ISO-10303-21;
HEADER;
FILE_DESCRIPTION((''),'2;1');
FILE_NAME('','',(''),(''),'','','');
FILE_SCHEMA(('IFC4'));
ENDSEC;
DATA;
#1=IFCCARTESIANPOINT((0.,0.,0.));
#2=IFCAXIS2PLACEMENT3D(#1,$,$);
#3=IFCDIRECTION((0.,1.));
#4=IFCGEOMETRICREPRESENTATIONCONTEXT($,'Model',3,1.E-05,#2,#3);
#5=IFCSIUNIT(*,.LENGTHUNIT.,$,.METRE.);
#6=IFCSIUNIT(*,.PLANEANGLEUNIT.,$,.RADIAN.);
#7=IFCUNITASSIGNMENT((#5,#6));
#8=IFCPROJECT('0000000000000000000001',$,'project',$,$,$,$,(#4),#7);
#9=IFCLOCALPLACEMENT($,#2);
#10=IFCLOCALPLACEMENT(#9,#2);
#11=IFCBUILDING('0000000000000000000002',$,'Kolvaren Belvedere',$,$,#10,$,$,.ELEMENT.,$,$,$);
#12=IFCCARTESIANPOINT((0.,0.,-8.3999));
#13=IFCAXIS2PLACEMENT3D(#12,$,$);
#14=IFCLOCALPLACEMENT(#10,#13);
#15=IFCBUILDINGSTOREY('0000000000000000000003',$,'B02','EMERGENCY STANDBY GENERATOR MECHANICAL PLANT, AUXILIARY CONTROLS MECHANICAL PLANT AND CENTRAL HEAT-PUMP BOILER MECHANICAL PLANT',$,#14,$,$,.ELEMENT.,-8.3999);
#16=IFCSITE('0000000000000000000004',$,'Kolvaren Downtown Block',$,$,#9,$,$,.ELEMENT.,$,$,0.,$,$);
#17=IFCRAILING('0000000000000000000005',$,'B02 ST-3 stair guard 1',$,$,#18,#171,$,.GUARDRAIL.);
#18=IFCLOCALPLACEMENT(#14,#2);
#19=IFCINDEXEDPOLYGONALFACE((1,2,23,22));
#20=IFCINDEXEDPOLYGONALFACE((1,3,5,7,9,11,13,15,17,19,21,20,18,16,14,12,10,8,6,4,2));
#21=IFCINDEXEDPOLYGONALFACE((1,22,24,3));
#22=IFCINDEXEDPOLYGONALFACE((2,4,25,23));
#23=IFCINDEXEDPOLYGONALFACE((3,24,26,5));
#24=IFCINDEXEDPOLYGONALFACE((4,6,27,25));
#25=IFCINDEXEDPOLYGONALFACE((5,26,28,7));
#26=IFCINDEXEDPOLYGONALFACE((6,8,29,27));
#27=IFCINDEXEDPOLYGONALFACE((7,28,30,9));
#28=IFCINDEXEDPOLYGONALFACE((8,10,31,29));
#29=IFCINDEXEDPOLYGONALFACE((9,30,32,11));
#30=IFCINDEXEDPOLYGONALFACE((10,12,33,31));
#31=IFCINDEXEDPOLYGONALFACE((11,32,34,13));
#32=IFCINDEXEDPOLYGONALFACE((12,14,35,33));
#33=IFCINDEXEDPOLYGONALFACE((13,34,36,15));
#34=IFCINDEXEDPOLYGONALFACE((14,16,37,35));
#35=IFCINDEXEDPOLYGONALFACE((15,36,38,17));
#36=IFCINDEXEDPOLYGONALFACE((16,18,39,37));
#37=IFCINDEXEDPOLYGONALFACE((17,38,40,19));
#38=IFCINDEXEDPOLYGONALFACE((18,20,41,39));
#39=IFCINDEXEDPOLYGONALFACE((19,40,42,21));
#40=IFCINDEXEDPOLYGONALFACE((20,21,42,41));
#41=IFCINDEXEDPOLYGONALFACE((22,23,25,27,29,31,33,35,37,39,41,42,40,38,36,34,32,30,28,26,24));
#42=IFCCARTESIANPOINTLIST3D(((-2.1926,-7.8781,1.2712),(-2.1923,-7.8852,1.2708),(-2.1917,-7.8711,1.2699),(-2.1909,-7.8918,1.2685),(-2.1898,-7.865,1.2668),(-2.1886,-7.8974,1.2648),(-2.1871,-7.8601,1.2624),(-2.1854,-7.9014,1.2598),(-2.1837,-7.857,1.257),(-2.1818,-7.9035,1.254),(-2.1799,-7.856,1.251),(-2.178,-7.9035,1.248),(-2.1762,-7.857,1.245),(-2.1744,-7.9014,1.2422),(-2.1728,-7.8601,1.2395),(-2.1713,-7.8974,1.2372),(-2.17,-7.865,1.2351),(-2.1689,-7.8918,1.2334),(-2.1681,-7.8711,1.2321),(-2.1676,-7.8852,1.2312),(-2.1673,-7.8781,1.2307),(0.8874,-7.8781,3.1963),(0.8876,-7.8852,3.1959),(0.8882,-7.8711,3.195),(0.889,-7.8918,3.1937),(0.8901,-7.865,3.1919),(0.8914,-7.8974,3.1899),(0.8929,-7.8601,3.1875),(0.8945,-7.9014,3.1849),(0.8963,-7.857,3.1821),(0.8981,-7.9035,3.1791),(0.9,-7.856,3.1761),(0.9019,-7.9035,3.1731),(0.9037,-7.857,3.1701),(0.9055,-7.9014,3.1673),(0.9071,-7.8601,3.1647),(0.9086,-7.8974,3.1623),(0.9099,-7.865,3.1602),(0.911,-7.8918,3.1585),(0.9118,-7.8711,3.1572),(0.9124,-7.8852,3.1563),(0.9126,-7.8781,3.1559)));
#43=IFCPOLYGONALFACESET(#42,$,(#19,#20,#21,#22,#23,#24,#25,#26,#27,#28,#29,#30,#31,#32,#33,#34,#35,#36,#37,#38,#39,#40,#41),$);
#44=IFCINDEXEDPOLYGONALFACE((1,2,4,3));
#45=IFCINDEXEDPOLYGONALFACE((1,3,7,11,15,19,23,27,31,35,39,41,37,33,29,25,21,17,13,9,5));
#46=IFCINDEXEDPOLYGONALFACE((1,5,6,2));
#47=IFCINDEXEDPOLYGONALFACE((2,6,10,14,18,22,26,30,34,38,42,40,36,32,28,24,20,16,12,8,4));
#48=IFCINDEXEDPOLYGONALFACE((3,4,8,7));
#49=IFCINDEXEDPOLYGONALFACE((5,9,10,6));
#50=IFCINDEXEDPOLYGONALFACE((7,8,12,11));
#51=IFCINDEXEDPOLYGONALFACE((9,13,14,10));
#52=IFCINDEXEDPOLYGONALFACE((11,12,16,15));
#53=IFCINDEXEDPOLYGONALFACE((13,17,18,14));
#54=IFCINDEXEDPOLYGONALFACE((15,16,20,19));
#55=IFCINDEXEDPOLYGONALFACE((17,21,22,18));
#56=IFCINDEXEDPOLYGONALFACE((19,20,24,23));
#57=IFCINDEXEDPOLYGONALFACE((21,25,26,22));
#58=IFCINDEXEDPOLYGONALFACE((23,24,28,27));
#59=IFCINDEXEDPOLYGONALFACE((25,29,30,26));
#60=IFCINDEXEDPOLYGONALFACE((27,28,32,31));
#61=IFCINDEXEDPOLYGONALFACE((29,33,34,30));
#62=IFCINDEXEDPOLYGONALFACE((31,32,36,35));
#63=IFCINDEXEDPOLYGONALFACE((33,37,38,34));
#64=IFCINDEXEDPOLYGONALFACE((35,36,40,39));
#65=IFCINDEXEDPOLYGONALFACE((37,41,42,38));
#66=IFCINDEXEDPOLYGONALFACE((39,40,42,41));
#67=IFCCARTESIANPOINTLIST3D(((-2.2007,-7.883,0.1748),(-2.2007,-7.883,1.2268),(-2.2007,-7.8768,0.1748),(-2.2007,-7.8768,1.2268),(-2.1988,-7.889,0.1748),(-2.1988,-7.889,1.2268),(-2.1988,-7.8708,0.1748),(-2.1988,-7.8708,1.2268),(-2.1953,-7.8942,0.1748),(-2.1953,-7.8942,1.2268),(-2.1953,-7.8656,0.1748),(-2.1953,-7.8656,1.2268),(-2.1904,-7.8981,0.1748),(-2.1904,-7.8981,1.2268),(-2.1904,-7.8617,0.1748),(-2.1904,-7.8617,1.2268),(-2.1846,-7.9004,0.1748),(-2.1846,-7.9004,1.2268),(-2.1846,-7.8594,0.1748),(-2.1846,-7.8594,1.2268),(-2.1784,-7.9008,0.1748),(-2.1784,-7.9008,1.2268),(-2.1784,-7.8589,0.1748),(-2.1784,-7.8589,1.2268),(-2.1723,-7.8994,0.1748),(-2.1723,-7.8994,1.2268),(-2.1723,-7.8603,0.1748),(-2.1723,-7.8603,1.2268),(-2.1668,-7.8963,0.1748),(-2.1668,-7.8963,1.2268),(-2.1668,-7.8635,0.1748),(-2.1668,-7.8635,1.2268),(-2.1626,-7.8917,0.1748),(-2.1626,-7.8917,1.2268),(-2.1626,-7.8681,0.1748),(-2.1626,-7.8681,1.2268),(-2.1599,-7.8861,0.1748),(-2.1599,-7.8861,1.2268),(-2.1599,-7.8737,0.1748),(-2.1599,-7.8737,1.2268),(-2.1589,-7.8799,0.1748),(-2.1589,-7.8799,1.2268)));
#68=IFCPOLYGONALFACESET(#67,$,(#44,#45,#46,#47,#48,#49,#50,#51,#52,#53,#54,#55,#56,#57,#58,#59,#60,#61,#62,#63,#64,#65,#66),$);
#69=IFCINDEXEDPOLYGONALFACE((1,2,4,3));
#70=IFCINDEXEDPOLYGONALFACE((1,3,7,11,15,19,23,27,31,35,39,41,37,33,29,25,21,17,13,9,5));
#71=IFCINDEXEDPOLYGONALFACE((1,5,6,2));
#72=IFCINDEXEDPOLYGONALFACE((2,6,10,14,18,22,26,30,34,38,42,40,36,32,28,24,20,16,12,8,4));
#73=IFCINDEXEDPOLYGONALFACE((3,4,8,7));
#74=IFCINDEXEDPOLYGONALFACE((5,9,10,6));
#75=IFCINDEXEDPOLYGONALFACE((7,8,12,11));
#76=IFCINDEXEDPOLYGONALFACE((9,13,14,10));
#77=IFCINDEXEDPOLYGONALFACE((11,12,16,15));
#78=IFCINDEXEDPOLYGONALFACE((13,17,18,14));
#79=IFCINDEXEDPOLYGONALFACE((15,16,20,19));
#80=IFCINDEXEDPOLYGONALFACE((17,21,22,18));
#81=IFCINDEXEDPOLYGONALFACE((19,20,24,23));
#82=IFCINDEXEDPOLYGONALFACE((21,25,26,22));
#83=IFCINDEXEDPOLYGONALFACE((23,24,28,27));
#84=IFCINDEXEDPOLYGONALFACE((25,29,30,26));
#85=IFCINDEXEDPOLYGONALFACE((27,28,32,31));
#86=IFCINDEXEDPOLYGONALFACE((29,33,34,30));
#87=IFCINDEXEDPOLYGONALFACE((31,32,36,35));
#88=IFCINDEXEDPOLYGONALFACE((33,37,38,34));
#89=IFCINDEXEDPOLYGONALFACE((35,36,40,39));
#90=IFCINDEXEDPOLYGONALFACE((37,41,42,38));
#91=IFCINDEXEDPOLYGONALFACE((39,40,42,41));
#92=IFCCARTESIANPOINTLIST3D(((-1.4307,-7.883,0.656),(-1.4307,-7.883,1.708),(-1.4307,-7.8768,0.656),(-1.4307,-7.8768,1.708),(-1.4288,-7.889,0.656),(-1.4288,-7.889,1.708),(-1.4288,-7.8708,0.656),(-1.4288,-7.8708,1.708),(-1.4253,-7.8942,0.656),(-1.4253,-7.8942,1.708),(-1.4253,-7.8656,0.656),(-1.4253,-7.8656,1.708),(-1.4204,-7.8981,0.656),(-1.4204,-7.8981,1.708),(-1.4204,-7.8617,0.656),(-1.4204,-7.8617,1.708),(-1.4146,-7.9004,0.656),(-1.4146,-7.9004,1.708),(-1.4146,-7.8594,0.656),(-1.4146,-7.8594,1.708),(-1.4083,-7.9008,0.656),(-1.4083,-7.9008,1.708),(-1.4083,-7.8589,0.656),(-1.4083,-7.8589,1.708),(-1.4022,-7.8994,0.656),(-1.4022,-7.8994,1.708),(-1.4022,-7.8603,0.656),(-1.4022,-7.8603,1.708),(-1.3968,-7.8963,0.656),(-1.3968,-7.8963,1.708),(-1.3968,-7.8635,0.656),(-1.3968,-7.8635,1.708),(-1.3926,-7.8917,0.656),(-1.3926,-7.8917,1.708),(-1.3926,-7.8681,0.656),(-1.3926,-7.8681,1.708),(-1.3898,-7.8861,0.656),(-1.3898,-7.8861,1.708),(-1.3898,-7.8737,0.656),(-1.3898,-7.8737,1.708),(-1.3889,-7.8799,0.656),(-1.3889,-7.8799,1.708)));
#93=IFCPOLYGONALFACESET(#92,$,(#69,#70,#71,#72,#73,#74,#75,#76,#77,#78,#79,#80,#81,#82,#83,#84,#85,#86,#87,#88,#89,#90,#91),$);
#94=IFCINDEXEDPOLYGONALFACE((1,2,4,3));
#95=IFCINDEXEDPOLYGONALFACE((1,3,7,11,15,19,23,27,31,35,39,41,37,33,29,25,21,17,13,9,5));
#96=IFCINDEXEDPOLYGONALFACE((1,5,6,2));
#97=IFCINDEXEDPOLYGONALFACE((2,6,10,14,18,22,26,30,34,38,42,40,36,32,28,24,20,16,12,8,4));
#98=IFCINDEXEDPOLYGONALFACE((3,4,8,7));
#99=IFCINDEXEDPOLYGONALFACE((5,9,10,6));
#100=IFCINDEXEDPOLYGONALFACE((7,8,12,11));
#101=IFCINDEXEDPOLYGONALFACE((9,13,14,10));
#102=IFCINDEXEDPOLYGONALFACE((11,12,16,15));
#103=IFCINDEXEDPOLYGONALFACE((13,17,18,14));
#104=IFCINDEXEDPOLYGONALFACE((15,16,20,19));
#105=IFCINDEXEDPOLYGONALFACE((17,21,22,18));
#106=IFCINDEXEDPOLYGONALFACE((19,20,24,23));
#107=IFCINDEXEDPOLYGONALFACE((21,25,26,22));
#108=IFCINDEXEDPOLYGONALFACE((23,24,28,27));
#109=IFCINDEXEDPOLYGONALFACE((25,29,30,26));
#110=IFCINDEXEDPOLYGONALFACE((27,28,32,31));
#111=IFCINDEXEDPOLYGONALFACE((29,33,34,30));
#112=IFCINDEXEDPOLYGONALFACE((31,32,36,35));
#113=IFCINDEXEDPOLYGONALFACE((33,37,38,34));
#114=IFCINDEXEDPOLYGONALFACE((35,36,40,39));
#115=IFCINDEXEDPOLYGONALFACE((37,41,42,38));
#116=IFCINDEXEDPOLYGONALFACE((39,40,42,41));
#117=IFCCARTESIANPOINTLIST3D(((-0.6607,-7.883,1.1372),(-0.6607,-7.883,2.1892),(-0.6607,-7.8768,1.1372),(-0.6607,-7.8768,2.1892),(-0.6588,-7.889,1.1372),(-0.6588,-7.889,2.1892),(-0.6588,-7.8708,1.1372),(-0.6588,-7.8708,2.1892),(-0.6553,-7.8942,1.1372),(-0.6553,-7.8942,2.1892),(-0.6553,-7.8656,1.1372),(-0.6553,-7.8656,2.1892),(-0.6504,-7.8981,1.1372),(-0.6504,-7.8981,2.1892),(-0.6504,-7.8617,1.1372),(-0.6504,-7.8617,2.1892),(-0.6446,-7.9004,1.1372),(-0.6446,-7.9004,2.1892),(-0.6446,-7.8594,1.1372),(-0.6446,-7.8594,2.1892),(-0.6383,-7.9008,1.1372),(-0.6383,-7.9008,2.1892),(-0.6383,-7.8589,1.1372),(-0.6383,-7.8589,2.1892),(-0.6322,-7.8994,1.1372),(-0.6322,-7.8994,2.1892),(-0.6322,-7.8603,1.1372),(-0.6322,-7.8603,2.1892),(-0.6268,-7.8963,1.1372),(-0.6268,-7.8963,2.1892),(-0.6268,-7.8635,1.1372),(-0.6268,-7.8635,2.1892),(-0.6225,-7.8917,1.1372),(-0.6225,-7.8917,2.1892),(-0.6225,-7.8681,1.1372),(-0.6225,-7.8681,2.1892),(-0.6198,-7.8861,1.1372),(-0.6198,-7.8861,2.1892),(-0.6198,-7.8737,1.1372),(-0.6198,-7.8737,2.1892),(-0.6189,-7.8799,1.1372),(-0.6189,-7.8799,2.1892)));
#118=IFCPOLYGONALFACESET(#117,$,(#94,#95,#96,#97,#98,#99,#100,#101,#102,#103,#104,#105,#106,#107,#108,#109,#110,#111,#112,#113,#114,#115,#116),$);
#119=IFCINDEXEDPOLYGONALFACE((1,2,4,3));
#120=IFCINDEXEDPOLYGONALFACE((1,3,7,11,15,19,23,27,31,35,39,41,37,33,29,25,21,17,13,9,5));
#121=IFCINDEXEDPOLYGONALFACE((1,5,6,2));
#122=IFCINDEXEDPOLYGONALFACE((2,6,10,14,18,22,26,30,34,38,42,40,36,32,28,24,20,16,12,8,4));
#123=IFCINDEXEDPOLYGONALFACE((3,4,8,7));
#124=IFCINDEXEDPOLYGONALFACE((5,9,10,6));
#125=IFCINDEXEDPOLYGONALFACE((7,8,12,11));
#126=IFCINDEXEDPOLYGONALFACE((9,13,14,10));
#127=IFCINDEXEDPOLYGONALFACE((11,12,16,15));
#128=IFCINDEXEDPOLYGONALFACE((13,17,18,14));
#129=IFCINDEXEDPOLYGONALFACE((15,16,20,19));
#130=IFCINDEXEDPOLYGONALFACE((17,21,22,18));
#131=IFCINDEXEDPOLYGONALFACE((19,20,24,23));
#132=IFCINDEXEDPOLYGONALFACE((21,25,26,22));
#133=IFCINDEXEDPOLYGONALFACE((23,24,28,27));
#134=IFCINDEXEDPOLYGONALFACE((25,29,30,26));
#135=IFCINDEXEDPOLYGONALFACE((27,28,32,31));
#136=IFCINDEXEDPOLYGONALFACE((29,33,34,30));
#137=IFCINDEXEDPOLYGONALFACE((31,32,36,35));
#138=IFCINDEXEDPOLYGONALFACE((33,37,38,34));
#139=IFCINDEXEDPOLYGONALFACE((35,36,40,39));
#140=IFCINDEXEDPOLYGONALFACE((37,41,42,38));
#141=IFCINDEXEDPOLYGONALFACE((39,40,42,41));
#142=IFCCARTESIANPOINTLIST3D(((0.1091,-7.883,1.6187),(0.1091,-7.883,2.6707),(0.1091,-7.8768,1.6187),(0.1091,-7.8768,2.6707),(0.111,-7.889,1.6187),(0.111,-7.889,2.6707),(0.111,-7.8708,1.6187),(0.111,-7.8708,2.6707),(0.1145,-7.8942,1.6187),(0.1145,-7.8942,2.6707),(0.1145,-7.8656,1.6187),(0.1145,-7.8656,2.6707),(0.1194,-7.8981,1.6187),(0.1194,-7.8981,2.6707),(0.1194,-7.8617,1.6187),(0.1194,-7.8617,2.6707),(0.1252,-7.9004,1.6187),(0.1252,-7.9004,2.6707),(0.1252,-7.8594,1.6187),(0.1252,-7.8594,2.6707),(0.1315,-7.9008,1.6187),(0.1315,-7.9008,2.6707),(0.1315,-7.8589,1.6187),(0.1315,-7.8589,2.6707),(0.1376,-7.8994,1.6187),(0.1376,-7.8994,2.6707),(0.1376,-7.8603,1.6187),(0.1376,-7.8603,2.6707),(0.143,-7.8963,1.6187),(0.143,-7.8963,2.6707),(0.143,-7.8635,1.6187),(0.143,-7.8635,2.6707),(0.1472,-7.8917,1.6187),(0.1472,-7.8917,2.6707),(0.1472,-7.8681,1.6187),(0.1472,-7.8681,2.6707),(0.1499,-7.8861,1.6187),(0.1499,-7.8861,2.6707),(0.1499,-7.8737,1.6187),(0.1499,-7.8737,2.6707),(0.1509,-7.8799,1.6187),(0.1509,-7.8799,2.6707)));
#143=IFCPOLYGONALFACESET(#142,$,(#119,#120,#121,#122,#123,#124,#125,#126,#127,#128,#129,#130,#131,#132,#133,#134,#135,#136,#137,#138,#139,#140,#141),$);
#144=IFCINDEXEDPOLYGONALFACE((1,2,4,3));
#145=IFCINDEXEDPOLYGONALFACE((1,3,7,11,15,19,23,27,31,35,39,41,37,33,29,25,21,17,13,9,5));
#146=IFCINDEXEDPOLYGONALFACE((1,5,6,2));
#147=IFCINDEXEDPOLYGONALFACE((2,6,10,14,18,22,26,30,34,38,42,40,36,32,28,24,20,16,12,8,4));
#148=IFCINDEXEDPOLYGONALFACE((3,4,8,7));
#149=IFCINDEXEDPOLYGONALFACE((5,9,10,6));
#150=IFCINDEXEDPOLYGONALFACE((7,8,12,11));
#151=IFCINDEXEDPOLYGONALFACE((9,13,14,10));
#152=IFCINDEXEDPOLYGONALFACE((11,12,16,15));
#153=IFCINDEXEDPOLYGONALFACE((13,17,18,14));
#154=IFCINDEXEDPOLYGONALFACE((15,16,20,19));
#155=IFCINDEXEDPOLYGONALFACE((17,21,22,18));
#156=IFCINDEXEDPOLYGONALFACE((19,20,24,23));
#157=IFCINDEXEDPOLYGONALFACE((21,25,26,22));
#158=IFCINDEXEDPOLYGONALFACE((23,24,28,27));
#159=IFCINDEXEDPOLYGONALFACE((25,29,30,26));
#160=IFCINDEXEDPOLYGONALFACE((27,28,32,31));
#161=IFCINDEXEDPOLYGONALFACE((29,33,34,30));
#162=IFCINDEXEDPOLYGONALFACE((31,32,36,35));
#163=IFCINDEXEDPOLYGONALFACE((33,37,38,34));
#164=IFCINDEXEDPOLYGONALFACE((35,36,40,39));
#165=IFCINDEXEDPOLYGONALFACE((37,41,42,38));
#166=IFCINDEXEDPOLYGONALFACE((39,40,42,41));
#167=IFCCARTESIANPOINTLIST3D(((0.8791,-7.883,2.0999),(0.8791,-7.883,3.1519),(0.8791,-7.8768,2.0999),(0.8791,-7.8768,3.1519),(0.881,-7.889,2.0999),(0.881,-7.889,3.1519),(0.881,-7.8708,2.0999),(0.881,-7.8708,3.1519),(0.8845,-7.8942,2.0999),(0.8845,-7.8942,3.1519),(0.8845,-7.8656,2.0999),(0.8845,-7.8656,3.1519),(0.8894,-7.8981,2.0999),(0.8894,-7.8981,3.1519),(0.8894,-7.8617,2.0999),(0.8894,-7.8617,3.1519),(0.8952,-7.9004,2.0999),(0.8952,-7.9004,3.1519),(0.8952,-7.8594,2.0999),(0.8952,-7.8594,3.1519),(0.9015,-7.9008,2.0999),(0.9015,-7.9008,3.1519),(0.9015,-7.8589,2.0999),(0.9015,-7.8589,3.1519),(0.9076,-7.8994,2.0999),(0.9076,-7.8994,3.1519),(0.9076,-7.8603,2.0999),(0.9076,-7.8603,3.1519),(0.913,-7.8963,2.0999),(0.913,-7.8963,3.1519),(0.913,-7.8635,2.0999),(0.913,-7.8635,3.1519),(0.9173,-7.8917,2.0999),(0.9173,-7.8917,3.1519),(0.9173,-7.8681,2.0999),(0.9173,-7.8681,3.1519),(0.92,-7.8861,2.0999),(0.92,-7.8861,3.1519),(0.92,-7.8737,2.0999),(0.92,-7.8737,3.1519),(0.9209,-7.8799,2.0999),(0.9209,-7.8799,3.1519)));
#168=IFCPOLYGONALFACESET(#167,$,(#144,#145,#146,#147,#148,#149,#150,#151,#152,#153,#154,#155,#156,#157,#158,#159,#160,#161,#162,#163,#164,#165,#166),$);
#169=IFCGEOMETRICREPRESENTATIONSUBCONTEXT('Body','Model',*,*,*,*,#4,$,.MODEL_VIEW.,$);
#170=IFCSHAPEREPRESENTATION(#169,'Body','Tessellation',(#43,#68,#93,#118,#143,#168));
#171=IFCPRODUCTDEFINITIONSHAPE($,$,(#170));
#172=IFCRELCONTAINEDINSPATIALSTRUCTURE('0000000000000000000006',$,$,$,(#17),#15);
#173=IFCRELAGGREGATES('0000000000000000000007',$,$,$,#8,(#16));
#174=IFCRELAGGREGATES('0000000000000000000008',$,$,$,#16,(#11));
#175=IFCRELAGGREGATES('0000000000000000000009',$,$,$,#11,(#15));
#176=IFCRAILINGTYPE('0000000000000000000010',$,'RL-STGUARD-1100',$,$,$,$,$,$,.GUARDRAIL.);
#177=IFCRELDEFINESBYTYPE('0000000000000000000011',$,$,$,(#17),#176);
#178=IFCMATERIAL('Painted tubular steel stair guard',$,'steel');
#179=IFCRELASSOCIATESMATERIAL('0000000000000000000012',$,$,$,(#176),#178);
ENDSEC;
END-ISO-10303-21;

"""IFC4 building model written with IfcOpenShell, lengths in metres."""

from ifc_helpers import new_model, si_unit, direction, frame, origin, origin_2d, place, context, subcontext, project, spatial, circle, extrude, material, type_object, element, save


model = new_model("IFC4")

# Units and contexts
model_context = context("Model", 3, precision=1e-05, world=origin(), true_north=direction((0.0, 1.0)))
body_context = subcontext(model_context, "Body", "Model", "MODEL_VIEW")
ifc_project = project(units=[si_unit("LENGTHUNIT", "METRE"), si_unit("PLANEANGLEUNIT", "RADIAN")], contexts=[model_context])

# Site, building, storey
site_placement = place(None, origin())
site = spatial("IfcSite", under=ifc_project, at=site_placement, Name="Kolvaren Downtown Block", CompositionType="ELEMENT", RefElevation=0.0)
building_placement = place(site_placement, origin())
building = spatial("IfcBuilding", under=site, at=building_placement, Name="Kolvaren Belvedere", CompositionType="ELEMENT")
storey_placement = place(building_placement, frame((0.0, 0.0, -8.3999)))
storey = spatial("IfcBuildingStorey", under=building, at=storey_placement, Name="B02", Description="EMERGENCY STANDBY GENERATOR MECHANICAL PLANT, AUXILIARY CONTROLS MECHANICAL PLANT AND CENTRAL HEAT-PUMP BOILER MECHANICAL PLANT", CompositionType="ELEMENT", Elevation=-8.3999)

# Railing
ifc_material_1 = material(Name="Painted tubular steel stair guard", Category="steel")
railing_type_1 = type_object("IfcRailingType", Name="RL-STGUARD-1100", PredefinedType="GUARDRAIL", material=ifc_material_1)
railing_1_placement = place(storey_placement, frame((-2.1799, -7.8799, 0.1748)))
element("IfcRailing", 1, at=railing_1_placement, inside=storey, type_object=railing_type_1, Name="B02 ST-3 stair guard 1", PredefinedType="GUARDRAIL", context=body_context, shape_type="SweptSolid", body=[
    extrude(circle(Radius=0.0239, at=origin_2d()), frame((0.0, 0.0, 1.0762), z_axis=(0.847979, 0.0, 0.530029), x_axis=(0.0, 1.0, 0.0)), (0.0, 0.0, 1.0), 3.6321),
    extrude(circle(Radius=0.021, at=origin_2d()), origin(), (0.0, 0.0, 1.0), 1.052),
    extrude(circle(Radius=0.021, at=origin_2d()), frame((0.77, 0.0, 0.4812)), (0.0, 0.0, 1.0), 1.052),
    extrude(circle(Radius=0.021, at=origin_2d()), frame((1.54, 0.0, 0.9624)), (0.0, 0.0, 1.0), 1.052),
    extrude(circle(Radius=0.021, at=origin_2d()), frame((2.3098, 0.0, 1.4438)), (0.0, 0.0, 1.0), 1.052),
    extrude(circle(Radius=0.021, at=origin_2d()), frame((3.0798, 0.0, 1.925)), (0.0, 0.0, 1.0), 1.052),
])

save(model, "model.ifc")
